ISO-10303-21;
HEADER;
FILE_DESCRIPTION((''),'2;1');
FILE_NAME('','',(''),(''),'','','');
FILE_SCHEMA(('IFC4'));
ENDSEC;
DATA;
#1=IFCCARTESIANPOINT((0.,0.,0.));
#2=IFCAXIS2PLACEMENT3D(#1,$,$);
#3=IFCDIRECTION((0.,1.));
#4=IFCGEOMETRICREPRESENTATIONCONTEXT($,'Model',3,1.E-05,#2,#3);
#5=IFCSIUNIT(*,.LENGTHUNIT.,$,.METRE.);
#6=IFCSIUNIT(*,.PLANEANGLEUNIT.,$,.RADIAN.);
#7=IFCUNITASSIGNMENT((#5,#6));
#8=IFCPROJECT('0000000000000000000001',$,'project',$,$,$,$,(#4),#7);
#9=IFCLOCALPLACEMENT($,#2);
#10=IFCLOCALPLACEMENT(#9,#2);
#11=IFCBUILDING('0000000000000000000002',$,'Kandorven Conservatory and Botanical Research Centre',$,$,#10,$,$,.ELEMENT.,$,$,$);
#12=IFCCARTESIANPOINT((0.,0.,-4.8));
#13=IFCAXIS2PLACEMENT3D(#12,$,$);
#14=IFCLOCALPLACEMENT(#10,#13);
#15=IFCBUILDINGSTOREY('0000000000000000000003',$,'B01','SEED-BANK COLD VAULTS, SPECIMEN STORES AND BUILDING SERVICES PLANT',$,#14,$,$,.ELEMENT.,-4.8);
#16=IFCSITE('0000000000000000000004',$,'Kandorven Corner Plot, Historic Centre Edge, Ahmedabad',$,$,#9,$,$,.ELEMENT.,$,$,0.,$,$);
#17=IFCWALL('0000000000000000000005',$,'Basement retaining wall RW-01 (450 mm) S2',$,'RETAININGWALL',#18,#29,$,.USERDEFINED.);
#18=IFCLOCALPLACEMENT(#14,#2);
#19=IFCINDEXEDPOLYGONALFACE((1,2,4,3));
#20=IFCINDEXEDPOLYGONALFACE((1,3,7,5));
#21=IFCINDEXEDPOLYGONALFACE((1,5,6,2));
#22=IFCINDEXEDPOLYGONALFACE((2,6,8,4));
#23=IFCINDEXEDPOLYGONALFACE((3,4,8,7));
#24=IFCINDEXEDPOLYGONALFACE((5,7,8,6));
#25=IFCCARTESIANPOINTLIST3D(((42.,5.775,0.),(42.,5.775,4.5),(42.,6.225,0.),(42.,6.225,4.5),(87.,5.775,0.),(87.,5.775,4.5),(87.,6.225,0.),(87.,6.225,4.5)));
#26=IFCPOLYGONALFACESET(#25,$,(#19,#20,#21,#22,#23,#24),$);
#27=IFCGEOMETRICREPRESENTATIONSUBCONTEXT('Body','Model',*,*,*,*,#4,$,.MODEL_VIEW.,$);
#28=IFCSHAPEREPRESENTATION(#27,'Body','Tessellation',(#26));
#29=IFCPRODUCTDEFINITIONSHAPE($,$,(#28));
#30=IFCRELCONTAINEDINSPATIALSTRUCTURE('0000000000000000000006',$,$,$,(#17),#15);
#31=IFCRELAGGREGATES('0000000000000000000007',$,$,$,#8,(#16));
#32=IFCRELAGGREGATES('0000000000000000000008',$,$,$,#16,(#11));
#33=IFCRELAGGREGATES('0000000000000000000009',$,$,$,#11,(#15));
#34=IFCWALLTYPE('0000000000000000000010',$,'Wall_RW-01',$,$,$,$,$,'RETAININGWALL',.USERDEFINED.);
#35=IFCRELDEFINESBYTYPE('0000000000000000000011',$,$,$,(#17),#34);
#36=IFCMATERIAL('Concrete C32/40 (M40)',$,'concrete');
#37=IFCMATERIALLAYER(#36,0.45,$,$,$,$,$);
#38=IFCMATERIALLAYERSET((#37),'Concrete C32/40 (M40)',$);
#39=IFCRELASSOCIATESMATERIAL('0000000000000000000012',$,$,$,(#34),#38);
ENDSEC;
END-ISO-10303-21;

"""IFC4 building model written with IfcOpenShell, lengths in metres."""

from ifc_helpers import new_model, si_unit, direction, frame, frame_2d, origin, place, context, subcontext, project, spatial, rectangle, extrude, material, layer, layer_set, type_object, element, save


model = new_model("IFC4")

# Units and contexts
model_context = context("Model", 3, precision=1e-05, world=origin(), true_north=direction((0.0, 1.0)))
body_context = subcontext(model_context, "Body", "Model", "MODEL_VIEW")
ifc_project = project(units=[si_unit("LENGTHUNIT", "METRE"), si_unit("PLANEANGLEUNIT", "RADIAN")], contexts=[model_context])

# Site, building, storey
site_placement = place(None, origin())
site = spatial("IfcSite", under=ifc_project, at=site_placement, Name="Kandorven Corner Plot, Historic Centre Edge, Ahmedabad", CompositionType="ELEMENT", RefElevation=0.0)
building_placement = place(site_placement, origin())
building = spatial("IfcBuilding", under=site, at=building_placement, Name="Kandorven Conservatory and Botanical Research Centre", CompositionType="ELEMENT")
storey_placement = place(building_placement, frame((0.0, 0.0, -4.8)))
storey = spatial("IfcBuildingStorey", under=building, at=storey_placement, Name="B01", Description="SEED-BANK COLD VAULTS, SPECIMEN STORES AND BUILDING SERVICES PLANT", CompositionType="ELEMENT", Elevation=-4.8)

# Wall
ifc_material_1 = material(Name="Concrete C32/40 (M40)", Category="concrete")
ifc_layer_1 = layer(ifc_material_1, 0.45)
ifc_layer_set_1 = layer_set([ifc_layer_1], Name="Concrete C32/40 (M40)")
wall_type_1 = type_object("IfcWallType", Name="Wall_RW-01", ElementType="RETAININGWALL", PredefinedType="USERDEFINED", material=ifc_layer_set_1)
wall_1_placement = place(storey_placement, frame((42.0, 6.0, 0.0), z_axis=(0.0, 0.0, 1.0), x_axis=(1.0, 0.0, 0.0)))
element("IfcWall", 1, at=wall_1_placement, inside=storey, type_object=wall_type_1, Name="Basement retaining wall RW-01 (450 mm) S2", ObjectType="RETAININGWALL", PredefinedType="USERDEFINED", context=body_context, shape_type="SweptSolid", body=[
    extrude(rectangle(XDim=45.0, YDim=0.45, at=frame_2d((22.5, 0.0))), origin(), (0.0, 0.0, 1.0), 4.5),
])

save(model, "model.ifc")
